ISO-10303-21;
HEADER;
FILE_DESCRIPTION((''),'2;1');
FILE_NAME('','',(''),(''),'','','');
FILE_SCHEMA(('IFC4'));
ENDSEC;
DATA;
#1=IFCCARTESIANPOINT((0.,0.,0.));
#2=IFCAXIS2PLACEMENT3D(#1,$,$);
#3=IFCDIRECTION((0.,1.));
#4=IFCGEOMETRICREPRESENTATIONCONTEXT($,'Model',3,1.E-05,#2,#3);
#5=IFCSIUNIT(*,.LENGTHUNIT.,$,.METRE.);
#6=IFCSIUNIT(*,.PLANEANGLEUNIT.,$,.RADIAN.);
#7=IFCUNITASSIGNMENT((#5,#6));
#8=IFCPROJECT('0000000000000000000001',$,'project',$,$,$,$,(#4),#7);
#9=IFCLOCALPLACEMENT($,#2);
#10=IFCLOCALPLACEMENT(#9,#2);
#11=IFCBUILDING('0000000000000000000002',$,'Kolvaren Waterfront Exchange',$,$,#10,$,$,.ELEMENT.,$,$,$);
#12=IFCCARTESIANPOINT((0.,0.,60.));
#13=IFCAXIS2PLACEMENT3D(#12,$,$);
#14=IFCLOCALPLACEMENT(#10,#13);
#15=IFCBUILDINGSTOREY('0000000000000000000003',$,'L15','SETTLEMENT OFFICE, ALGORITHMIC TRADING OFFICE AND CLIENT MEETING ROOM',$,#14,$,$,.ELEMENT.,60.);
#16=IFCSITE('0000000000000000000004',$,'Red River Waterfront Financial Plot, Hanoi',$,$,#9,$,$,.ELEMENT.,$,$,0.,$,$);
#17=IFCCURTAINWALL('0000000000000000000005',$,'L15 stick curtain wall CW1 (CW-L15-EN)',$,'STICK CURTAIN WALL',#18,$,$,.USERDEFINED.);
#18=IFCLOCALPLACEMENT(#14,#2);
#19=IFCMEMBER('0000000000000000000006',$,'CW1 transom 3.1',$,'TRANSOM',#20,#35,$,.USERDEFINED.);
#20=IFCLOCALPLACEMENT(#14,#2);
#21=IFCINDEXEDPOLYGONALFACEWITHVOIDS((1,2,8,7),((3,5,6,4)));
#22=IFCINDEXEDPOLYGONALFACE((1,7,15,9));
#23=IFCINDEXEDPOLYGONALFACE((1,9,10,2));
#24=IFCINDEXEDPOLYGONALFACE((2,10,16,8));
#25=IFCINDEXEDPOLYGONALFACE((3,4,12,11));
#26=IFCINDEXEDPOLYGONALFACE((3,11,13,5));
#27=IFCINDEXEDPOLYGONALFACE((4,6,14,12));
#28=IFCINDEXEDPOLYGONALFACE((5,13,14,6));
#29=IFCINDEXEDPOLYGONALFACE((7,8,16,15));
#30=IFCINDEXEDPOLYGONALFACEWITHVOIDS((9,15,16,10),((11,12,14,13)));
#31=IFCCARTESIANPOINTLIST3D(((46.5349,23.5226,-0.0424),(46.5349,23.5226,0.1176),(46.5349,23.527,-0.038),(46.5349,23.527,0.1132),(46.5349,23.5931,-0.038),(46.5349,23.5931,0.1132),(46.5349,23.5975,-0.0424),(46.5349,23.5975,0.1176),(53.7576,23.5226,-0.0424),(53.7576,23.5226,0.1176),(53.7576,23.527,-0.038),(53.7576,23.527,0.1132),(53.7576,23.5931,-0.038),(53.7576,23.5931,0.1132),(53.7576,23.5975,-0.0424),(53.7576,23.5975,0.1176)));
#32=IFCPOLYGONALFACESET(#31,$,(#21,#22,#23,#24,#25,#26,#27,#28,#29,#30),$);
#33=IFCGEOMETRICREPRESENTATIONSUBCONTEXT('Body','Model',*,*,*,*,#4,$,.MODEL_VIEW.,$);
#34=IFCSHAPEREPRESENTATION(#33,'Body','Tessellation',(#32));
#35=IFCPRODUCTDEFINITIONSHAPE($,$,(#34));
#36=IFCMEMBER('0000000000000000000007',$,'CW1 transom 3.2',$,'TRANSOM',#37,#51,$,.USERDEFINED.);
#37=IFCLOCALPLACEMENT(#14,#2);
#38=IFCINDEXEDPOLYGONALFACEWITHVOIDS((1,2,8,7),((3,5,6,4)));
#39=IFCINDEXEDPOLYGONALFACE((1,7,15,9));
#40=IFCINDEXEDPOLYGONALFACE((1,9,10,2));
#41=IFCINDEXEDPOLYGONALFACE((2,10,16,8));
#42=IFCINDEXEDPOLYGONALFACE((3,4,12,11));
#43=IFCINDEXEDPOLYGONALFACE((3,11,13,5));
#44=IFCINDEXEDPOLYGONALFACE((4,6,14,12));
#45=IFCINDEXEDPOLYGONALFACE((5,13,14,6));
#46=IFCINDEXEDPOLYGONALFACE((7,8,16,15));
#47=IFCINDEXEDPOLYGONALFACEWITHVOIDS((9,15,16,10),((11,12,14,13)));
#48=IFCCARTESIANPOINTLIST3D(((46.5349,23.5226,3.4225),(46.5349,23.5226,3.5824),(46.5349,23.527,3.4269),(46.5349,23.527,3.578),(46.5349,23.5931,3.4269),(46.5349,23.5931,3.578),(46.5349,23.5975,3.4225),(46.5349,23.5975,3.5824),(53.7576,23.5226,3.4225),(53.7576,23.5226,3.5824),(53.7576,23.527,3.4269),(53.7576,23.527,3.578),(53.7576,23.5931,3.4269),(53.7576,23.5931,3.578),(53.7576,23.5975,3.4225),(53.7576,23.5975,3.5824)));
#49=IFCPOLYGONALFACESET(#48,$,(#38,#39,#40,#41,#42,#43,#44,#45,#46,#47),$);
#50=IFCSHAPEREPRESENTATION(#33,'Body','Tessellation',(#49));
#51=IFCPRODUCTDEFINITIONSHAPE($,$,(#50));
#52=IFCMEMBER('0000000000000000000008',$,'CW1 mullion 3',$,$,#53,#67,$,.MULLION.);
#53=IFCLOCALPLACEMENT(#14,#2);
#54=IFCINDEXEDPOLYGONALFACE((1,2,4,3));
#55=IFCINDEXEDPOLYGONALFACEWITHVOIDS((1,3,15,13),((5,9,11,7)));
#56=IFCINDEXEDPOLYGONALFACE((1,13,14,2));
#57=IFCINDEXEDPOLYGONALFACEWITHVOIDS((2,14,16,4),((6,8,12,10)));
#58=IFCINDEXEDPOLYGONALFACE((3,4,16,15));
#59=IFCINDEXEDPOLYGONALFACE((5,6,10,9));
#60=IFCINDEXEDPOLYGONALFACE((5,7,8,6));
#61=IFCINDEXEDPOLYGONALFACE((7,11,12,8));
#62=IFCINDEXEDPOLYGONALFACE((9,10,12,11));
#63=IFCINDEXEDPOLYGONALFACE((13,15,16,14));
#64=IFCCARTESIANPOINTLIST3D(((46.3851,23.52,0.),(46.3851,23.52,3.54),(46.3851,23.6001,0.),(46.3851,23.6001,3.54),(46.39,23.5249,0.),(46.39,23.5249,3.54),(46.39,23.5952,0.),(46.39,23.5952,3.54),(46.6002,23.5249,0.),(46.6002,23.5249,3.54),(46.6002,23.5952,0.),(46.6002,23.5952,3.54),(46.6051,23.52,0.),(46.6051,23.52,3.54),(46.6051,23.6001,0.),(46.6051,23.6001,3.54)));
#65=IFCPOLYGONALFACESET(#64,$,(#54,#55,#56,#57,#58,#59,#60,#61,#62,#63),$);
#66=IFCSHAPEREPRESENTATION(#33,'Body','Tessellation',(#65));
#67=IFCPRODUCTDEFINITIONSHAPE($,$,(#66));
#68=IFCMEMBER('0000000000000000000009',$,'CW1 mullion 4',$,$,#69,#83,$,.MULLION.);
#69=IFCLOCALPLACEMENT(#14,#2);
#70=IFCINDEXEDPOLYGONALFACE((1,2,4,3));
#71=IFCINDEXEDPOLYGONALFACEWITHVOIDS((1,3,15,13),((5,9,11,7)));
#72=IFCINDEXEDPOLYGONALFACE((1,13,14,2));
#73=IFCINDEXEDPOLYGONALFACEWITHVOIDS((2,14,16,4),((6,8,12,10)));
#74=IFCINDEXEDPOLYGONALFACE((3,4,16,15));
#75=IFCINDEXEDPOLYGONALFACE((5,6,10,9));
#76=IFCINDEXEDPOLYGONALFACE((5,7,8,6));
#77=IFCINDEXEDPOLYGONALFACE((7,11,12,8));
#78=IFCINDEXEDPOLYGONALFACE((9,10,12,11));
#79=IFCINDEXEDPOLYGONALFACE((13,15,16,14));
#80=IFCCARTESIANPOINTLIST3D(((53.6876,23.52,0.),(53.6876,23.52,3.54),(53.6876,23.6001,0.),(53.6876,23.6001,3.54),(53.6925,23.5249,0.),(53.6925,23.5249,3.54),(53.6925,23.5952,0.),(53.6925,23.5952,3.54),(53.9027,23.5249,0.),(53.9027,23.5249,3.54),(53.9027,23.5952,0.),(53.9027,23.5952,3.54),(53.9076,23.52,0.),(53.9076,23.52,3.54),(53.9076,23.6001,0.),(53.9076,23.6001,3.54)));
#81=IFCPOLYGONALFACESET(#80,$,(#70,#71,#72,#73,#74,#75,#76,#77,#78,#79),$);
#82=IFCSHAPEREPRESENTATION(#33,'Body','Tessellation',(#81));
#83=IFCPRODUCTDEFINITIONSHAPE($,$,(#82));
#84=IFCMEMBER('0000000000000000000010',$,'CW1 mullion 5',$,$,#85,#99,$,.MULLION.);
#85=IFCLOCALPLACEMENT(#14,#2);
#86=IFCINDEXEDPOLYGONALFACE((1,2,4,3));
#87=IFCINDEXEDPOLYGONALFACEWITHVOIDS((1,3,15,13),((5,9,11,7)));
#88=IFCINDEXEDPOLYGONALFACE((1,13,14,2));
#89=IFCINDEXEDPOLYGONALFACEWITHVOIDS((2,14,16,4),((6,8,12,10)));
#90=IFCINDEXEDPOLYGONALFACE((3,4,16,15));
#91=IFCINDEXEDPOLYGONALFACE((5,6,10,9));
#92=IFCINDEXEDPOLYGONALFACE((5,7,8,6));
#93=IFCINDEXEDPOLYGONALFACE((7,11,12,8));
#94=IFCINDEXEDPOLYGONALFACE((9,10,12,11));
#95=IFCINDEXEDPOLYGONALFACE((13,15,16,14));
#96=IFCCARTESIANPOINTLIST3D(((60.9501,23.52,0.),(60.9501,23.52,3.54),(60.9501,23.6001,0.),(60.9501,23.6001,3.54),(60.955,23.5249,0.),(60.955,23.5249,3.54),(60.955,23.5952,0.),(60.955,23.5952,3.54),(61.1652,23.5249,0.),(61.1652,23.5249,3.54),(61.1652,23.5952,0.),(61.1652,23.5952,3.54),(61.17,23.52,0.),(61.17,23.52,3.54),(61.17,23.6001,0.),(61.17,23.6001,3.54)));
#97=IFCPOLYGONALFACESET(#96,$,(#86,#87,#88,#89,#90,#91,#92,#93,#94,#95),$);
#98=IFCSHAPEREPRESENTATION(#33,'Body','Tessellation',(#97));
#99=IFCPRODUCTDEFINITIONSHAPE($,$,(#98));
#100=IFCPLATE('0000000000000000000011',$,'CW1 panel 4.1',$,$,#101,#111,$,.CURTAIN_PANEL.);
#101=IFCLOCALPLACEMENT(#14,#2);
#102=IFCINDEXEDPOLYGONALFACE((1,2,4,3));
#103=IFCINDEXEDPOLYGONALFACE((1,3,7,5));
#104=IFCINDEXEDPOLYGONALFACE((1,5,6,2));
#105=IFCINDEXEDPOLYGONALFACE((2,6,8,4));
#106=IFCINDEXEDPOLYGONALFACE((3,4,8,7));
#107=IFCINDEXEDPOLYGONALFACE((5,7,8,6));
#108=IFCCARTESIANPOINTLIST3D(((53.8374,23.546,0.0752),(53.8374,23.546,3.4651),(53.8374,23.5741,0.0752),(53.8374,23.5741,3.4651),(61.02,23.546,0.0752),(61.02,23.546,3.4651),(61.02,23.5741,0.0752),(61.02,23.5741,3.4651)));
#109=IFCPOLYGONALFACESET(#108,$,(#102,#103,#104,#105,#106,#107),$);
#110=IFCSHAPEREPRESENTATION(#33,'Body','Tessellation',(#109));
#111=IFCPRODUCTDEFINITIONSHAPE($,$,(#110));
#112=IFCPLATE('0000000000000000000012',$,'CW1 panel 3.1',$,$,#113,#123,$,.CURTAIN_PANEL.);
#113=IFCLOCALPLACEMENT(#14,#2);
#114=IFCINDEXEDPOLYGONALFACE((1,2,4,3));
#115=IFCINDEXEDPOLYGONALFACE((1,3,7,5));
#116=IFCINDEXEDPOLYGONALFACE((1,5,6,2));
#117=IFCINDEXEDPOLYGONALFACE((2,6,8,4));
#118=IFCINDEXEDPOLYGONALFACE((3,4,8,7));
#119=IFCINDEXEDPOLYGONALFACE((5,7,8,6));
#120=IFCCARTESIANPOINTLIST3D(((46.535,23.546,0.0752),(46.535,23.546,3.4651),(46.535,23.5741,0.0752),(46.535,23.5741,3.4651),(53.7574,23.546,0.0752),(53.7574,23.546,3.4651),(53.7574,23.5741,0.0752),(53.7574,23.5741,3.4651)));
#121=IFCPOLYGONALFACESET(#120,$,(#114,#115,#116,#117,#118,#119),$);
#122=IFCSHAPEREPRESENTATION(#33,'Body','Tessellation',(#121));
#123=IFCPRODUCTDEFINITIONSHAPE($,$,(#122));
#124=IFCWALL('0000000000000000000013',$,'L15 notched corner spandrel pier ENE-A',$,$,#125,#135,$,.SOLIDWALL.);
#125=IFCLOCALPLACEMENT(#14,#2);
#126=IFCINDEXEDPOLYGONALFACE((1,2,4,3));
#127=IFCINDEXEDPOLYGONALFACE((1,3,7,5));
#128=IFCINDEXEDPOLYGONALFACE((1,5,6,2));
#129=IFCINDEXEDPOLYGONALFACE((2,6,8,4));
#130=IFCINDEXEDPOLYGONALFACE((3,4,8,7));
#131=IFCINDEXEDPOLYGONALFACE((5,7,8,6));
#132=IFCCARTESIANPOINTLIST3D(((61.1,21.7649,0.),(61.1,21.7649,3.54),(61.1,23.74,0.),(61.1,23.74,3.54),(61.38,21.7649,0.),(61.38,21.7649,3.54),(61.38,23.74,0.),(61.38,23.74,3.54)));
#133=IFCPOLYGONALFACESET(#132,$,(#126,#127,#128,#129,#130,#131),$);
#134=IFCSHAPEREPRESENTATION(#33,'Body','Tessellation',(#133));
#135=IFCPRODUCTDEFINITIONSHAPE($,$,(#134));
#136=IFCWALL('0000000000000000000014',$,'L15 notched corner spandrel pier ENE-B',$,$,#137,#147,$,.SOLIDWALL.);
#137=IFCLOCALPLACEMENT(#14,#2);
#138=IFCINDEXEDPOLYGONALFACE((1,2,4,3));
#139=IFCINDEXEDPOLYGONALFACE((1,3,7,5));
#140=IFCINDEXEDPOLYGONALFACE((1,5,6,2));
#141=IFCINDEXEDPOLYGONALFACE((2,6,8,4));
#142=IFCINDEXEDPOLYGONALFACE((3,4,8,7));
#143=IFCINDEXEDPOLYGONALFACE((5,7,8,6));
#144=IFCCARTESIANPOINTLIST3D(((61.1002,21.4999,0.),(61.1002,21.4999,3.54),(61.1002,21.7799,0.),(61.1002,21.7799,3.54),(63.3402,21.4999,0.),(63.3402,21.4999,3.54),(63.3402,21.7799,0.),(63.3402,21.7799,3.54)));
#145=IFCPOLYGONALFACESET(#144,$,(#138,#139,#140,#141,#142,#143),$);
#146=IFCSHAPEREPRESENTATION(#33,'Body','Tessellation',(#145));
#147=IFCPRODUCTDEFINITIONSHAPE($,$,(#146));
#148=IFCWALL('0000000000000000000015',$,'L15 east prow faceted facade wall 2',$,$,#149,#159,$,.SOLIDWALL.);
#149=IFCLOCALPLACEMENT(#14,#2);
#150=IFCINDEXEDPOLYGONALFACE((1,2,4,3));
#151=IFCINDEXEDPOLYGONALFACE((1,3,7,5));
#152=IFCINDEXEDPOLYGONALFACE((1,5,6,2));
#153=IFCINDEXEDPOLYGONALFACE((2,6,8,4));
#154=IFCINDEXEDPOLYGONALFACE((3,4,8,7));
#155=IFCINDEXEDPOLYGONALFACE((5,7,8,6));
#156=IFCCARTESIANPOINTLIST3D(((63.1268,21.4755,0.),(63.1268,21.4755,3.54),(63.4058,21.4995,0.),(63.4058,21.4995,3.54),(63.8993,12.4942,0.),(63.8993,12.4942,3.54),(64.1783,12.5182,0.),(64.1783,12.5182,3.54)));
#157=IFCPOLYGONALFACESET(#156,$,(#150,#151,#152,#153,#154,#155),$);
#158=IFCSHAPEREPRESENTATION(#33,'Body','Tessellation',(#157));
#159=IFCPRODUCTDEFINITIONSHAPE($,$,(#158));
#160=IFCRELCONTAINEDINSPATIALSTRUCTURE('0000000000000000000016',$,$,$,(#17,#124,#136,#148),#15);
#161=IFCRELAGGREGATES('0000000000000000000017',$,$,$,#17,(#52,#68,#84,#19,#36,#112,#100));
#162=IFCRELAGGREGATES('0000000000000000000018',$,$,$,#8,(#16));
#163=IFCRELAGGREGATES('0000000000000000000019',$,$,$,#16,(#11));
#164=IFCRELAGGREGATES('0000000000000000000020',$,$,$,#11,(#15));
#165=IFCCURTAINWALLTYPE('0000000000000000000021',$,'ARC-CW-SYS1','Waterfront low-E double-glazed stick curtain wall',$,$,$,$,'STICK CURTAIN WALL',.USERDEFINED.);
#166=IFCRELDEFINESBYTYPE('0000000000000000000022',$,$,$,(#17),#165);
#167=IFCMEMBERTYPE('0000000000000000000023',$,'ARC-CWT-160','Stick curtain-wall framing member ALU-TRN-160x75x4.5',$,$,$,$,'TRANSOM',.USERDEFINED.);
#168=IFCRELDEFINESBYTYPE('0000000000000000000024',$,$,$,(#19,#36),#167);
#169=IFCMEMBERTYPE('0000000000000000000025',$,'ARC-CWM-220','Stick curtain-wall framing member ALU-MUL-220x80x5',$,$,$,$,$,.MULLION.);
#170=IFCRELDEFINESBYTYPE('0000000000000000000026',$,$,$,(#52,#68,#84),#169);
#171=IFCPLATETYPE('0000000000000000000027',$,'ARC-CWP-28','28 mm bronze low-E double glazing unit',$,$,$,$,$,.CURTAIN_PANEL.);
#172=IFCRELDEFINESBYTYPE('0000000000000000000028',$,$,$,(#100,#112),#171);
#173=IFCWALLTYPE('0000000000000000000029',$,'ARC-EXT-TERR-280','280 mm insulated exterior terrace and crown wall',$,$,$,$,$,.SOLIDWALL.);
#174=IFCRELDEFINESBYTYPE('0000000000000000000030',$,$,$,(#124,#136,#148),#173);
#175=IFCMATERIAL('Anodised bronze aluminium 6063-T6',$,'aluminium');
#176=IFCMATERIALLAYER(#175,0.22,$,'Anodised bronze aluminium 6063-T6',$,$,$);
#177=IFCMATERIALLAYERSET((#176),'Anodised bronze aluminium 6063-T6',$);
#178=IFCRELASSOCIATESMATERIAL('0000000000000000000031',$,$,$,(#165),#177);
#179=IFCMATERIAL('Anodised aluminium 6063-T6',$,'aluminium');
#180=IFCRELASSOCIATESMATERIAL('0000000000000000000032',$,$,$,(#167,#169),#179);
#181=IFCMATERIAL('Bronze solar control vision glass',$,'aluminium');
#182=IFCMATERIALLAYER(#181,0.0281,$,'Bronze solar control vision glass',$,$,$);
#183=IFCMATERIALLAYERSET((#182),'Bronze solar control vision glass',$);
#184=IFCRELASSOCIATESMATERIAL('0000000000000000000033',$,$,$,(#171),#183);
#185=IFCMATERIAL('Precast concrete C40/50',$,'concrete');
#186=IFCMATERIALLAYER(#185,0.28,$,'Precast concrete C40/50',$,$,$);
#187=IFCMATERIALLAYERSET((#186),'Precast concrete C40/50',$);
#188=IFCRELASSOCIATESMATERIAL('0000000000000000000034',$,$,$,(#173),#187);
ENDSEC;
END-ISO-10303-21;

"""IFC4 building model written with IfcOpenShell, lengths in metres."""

from ifc_helpers import new_model, si_unit, direction, frame, frame_2d, origin, origin_with_axes, origin_2d, place, context, subcontext, project, spatial, rectangle, hollow_rectangle, extrude, source, transform, mapped, material, layer, layer_set, material_profile, profile_set, type_object, element, aggregate, save


model = new_model("IFC4")

# Units and contexts
model_context = context("Model", 3, precision=1e-05, world=origin(), true_north=direction((0.0, 1.0)))
body_context = subcontext(model_context, "Body", "Model", "MODEL_VIEW")
ifc_project = project(units=[si_unit("LENGTHUNIT", "METRE"), si_unit("PLANEANGLEUNIT", "RADIAN")], contexts=[model_context])

# Site, building, storey
site_placement = place(None, origin())
site = spatial("IfcSite", under=ifc_project, at=site_placement, Name="Red River Waterfront Financial Plot, Hanoi", CompositionType="ELEMENT", RefElevation=0.0)
building_placement = place(site_placement, origin())
building = spatial("IfcBuilding", under=site, at=building_placement, Name="Kolvaren Waterfront Exchange", CompositionType="ELEMENT")
storey_placement = place(building_placement, frame((0.0, 0.0, 60.0)))
storey = spatial("IfcBuildingStorey", under=building, at=storey_placement, Name="L15", Description="SETTLEMENT OFFICE, ALGORITHMIC TRADING OFFICE AND CLIENT MEETING ROOM", CompositionType="ELEMENT", Elevation=60.0)

# Curtain wall, members, plates
ifc_material_1 = material(Name="Anodised bronze aluminium 6063-T6", Category="aluminium")
ifc_layer_1 = layer(ifc_material_1, 0.22, Name="Anodised bronze aluminium 6063-T6")
ifc_layer_set_1 = layer_set([ifc_layer_1], Name="Anodised bronze aluminium 6063-T6")
curtain_wall_type = type_object("IfcCurtainWallType", Name="ARC-CW-SYS1", Description="Waterfront low-E double-glazed stick curtain wall", ElementType="STICK CURTAIN WALL", PredefinedType="USERDEFINED", material=ifc_layer_set_1)
curtain_wall_placement = place(storey_placement, origin())
curtain_wall = element("IfcCurtainWall", 1, at=curtain_wall_placement, inside=storey, type_object=curtain_wall_type, Name="L15 stick curtain wall CW1 (CW-L15-EN)", ObjectType="STICK CURTAIN WALL", PredefinedType="USERDEFINED")
ifc_material_2 = material(Name="Anodised aluminium 6063-T6", Category="aluminium")
ifc_material_profile_1 = material_profile(ifc_material_2, hollow_rectangle(XDim=0.075, YDim=0.1599, WallThickness=0.0044, at=origin_2d()), Name="ALU-TRN-160x75x4.5")
ifc_profile_set_1 = profile_set([ifc_material_profile_1], Name="Anodised aluminium 6063-T6")
member_type_1 = type_object("IfcMemberType", Name="ARC-CWT-160", Description="Stick curtain-wall framing member ALU-TRN-160x75x4.5", ElementType="TRANSOM", PredefinedType="USERDEFINED", material=ifc_profile_set_1)
shared_shape_1 = source(origin_with_axes(), body_context, "Body", "SweptSolid", [
    extrude(hollow_rectangle(XDim=0.075, YDim=0.1599, WallThickness=0.0044, at=origin_2d()), origin(), (0.0, 0.0, 1.0), 7.2227),
])
member_1_placement = place(storey_placement, frame((46.5349, 23.5601, 0.0376), z_axis=(1.0, 0.0, 0.0), x_axis=(0.0, 1.0, 0.0)))
member_1 = element("IfcMember", 2, at=member_1_placement, type_object=member_type_1, Name="CW1 transom 3.1", ObjectType="TRANSOM", PredefinedType="USERDEFINED", context=body_context, shape_type="MappedRepresentation", body=[
    mapped(shared_shape_1, transform((0.0, 0.0, 0.0), x_axis=(1.0, 0.0, 0.0), y_axis=(0.0, 1.0, 0.0), z_axis=(0.0, 0.0, 1.0), scale=1.0)),
])
member_2_placement = place(storey_placement, frame((46.5349, 23.5601, 3.5024), z_axis=(1.0, 0.0, 0.0), x_axis=(0.0, 1.0, 0.0)))
member_2 = element("IfcMember", 3, at=member_2_placement, type_object=member_type_1, Name="CW1 transom 3.2", ObjectType="TRANSOM", PredefinedType="USERDEFINED", context=body_context, shape_type="MappedRepresentation", body=[
    mapped(shared_shape_1, transform((0.0, 0.0, 0.0), x_axis=(1.0, 0.0, 0.0), y_axis=(0.0, 1.0, 0.0), z_axis=(0.0, 0.0, 1.0), scale=1.0)),
])
ifc_material_profile_2 = material_profile(ifc_material_2, hollow_rectangle(XDim=0.0801, YDim=0.22, WallThickness=0.0049, at=origin_2d()), Name="ALU-MUL-220x80x5")
ifc_profile_set_2 = profile_set([ifc_material_profile_2], Name="Anodised aluminium 6063-T6")
member_type_2 = type_object("IfcMemberType", Name="ARC-CWM-220", Description="Stick curtain-wall framing member ALU-MUL-220x80x5", PredefinedType="MULLION", material=ifc_profile_set_2)
shared_shape_2 = source(origin_with_axes(), body_context, "Body", "SweptSolid", [
    extrude(hollow_rectangle(XDim=0.0801, YDim=0.22, WallThickness=0.0049, at=origin_2d()), origin(), (0.0, 0.0, 1.0), 3.54),
])
member_3_placement = place(storey_placement, frame((46.4951, 23.5601, 0.0), z_axis=(0.0, 0.0, 1.0), x_axis=(0.0, 1.0, 0.0)))
member_3 = element("IfcMember", 4, at=member_3_placement, type_object=member_type_2, Name="CW1 mullion 3", PredefinedType="MULLION", context=body_context, shape_type="MappedRepresentation", body=[
    mapped(shared_shape_2, transform((0.0, 0.0, 0.0), x_axis=(1.0, 0.0, 0.0), y_axis=(0.0, 1.0, 0.0), z_axis=(0.0, 0.0, 1.0), scale=1.0)),
])
member_4_placement = place(storey_placement, frame((53.7976, 23.5601, 0.0), z_axis=(0.0, 0.0, 1.0), x_axis=(0.0, 1.0, 0.0)))
member_4 = element("IfcMember", 5, at=member_4_placement, type_object=member_type_2, Name="CW1 mullion 4", PredefinedType="MULLION", context=body_context, shape_type="MappedRepresentation", body=[
    mapped(shared_shape_2, transform((0.0, 0.0, 0.0), x_axis=(1.0, 0.0, 0.0), y_axis=(0.0, 1.0, 0.0), z_axis=(0.0, 0.0, 1.0), scale=1.0)),
])
member_5_placement = place(storey_placement, frame((61.0601, 23.5601, 0.0), z_axis=(0.0, 0.0, 1.0), x_axis=(0.0, 1.0, 0.0)))
member_5 = element("IfcMember", 6, at=member_5_placement, type_object=member_type_2, Name="CW1 mullion 5", PredefinedType="MULLION", context=body_context, shape_type="MappedRepresentation", body=[
    mapped(shared_shape_2, transform((0.0, 0.0, 0.0), x_axis=(1.0, 0.0, 0.0), y_axis=(0.0, 1.0, 0.0), z_axis=(0.0, 0.0, 1.0), scale=1.0)),
])
ifc_material_3 = material(Name="Bronze solar control vision glass", Category="aluminium")
ifc_layer_2 = layer(ifc_material_3, 0.0281, Name="Bronze solar control vision glass")
ifc_layer_set_2 = layer_set([ifc_layer_2], Name="Bronze solar control vision glass")
plate_type = type_object("IfcPlateType", Name="ARC-CWP-28", Description="28 mm bronze low-E double glazing unit", PredefinedType="CURTAIN_PANEL", material=ifc_layer_set_2)
shared_shape_3 = source(origin_with_axes(), body_context, "Body", "SweptSolid", [
    extrude(rectangle(XDim=7.1826, YDim=0.0281, at=origin_2d()), origin(), (0.0, 0.0, 1.0), 3.3899),
])
plate_1_placement = place(storey_placement, frame((57.4287, 23.5601, 0.0752), z_axis=(0.0, 0.0, 1.0), x_axis=(1.0, 0.0, 0.0)))
plate_1 = element("IfcPlate", 7, at=plate_1_placement, type_object=plate_type, Name="CW1 panel 4.1", PredefinedType="CURTAIN_PANEL", context=body_context, shape_type="MappedRepresentation", body=[
    mapped(shared_shape_3, transform((0.0, 0.0, 0.0), x_axis=(1.0, 0.0, 0.0), y_axis=(0.0, 1.0, 0.0), z_axis=(0.0, 0.0, 1.0), scale=1.0)),
])
shared_shape_4 = source(origin_with_axes(), body_context, "Body", "SweptSolid", [
    extrude(rectangle(XDim=7.2224, YDim=0.0281, at=origin_2d()), origin(), (0.0, 0.0, 1.0), 3.3899),
])
plate_2_placement = place(storey_placement, frame((50.1462, 23.5601, 0.0752), z_axis=(0.0, 0.0, 1.0), x_axis=(1.0, 0.0, 0.0)))
plate_2 = element("IfcPlate", 8, at=plate_2_placement, type_object=plate_type, Name="CW1 panel 3.1", PredefinedType="CURTAIN_PANEL", context=body_context, shape_type="MappedRepresentation", body=[
    mapped(shared_shape_4, transform((0.0, 0.0, 0.0), x_axis=(1.0, 0.0, 0.0), y_axis=(0.0, 1.0, 0.0), z_axis=(0.0, 0.0, 1.0), scale=1.0)),
])
aggregate(curtain_wall, [member_3, member_4, member_5, member_1, member_2, plate_2, plate_1])

# Walls
ifc_material_4 = material(Name="Precast concrete C40/50", Category="concrete")
ifc_layer_3 = layer(ifc_material_4, 0.28, Name="Precast concrete C40/50")
ifc_layer_set_3 = layer_set([ifc_layer_3], Name="Precast concrete C40/50")
wall_type_1 = type_object("IfcWallType", Name="ARC-EXT-TERR-280", Description="280 mm insulated exterior terrace and crown wall", PredefinedType="SOLIDWALL", material=ifc_layer_set_3)
wall_1_placement = place(storey_placement, frame((61.24, 21.7649, 0.0), z_axis=(0.0, 0.0, 1.0), x_axis=(0.0, 1.0, 0.0)))
element("IfcWall", 9, at=wall_1_placement, inside=storey, type_object=wall_type_1, Name="L15 notched corner spandrel pier ENE-A", PredefinedType="SOLIDWALL", context=body_context, shape_type="SweptSolid", body=[
    extrude(rectangle(XDim=1.9751, YDim=0.28, at=frame_2d((0.9875, 0.0))), origin(), (0.0, 0.0, 1.0), 3.54),
])
wall_2_placement = place(storey_placement, frame((61.1001, 21.6399, 0.0), z_axis=(0.0, 0.0, 1.0), x_axis=(1.0, 0.0, 0.0)))
element("IfcWall", 10, at=wall_2_placement, inside=storey, type_object=wall_type_1, Name="L15 notched corner spandrel pier ENE-B", PredefinedType="SOLIDWALL", context=body_context, shape_type="SweptSolid", body=[
    extrude(rectangle(XDim=2.24, YDim=0.28, at=frame_2d((1.1201, 0.0))), origin(), (0.0, 0.0, 1.0), 3.54),
])
wall_3_placement = place(storey_placement, frame((64.0388, 12.5061, 0.0), z_axis=(0.0, 0.0, 1.0), x_axis=(-0.085692, 0.996322, 0.0)))
element("IfcWall", 11, at=wall_3_placement, inside=storey, type_object=wall_type_1, Name="L15 east prow faceted facade wall 2", PredefinedType="SOLIDWALL", context=body_context, shape_type="SweptSolid", body=[
    extrude(rectangle(XDim=9.0144, YDim=0.28, at=frame_2d((4.5073, 0.0))), origin(), (0.0, 0.0, 1.0), 3.54),
])

save(model, "model.ifc")
